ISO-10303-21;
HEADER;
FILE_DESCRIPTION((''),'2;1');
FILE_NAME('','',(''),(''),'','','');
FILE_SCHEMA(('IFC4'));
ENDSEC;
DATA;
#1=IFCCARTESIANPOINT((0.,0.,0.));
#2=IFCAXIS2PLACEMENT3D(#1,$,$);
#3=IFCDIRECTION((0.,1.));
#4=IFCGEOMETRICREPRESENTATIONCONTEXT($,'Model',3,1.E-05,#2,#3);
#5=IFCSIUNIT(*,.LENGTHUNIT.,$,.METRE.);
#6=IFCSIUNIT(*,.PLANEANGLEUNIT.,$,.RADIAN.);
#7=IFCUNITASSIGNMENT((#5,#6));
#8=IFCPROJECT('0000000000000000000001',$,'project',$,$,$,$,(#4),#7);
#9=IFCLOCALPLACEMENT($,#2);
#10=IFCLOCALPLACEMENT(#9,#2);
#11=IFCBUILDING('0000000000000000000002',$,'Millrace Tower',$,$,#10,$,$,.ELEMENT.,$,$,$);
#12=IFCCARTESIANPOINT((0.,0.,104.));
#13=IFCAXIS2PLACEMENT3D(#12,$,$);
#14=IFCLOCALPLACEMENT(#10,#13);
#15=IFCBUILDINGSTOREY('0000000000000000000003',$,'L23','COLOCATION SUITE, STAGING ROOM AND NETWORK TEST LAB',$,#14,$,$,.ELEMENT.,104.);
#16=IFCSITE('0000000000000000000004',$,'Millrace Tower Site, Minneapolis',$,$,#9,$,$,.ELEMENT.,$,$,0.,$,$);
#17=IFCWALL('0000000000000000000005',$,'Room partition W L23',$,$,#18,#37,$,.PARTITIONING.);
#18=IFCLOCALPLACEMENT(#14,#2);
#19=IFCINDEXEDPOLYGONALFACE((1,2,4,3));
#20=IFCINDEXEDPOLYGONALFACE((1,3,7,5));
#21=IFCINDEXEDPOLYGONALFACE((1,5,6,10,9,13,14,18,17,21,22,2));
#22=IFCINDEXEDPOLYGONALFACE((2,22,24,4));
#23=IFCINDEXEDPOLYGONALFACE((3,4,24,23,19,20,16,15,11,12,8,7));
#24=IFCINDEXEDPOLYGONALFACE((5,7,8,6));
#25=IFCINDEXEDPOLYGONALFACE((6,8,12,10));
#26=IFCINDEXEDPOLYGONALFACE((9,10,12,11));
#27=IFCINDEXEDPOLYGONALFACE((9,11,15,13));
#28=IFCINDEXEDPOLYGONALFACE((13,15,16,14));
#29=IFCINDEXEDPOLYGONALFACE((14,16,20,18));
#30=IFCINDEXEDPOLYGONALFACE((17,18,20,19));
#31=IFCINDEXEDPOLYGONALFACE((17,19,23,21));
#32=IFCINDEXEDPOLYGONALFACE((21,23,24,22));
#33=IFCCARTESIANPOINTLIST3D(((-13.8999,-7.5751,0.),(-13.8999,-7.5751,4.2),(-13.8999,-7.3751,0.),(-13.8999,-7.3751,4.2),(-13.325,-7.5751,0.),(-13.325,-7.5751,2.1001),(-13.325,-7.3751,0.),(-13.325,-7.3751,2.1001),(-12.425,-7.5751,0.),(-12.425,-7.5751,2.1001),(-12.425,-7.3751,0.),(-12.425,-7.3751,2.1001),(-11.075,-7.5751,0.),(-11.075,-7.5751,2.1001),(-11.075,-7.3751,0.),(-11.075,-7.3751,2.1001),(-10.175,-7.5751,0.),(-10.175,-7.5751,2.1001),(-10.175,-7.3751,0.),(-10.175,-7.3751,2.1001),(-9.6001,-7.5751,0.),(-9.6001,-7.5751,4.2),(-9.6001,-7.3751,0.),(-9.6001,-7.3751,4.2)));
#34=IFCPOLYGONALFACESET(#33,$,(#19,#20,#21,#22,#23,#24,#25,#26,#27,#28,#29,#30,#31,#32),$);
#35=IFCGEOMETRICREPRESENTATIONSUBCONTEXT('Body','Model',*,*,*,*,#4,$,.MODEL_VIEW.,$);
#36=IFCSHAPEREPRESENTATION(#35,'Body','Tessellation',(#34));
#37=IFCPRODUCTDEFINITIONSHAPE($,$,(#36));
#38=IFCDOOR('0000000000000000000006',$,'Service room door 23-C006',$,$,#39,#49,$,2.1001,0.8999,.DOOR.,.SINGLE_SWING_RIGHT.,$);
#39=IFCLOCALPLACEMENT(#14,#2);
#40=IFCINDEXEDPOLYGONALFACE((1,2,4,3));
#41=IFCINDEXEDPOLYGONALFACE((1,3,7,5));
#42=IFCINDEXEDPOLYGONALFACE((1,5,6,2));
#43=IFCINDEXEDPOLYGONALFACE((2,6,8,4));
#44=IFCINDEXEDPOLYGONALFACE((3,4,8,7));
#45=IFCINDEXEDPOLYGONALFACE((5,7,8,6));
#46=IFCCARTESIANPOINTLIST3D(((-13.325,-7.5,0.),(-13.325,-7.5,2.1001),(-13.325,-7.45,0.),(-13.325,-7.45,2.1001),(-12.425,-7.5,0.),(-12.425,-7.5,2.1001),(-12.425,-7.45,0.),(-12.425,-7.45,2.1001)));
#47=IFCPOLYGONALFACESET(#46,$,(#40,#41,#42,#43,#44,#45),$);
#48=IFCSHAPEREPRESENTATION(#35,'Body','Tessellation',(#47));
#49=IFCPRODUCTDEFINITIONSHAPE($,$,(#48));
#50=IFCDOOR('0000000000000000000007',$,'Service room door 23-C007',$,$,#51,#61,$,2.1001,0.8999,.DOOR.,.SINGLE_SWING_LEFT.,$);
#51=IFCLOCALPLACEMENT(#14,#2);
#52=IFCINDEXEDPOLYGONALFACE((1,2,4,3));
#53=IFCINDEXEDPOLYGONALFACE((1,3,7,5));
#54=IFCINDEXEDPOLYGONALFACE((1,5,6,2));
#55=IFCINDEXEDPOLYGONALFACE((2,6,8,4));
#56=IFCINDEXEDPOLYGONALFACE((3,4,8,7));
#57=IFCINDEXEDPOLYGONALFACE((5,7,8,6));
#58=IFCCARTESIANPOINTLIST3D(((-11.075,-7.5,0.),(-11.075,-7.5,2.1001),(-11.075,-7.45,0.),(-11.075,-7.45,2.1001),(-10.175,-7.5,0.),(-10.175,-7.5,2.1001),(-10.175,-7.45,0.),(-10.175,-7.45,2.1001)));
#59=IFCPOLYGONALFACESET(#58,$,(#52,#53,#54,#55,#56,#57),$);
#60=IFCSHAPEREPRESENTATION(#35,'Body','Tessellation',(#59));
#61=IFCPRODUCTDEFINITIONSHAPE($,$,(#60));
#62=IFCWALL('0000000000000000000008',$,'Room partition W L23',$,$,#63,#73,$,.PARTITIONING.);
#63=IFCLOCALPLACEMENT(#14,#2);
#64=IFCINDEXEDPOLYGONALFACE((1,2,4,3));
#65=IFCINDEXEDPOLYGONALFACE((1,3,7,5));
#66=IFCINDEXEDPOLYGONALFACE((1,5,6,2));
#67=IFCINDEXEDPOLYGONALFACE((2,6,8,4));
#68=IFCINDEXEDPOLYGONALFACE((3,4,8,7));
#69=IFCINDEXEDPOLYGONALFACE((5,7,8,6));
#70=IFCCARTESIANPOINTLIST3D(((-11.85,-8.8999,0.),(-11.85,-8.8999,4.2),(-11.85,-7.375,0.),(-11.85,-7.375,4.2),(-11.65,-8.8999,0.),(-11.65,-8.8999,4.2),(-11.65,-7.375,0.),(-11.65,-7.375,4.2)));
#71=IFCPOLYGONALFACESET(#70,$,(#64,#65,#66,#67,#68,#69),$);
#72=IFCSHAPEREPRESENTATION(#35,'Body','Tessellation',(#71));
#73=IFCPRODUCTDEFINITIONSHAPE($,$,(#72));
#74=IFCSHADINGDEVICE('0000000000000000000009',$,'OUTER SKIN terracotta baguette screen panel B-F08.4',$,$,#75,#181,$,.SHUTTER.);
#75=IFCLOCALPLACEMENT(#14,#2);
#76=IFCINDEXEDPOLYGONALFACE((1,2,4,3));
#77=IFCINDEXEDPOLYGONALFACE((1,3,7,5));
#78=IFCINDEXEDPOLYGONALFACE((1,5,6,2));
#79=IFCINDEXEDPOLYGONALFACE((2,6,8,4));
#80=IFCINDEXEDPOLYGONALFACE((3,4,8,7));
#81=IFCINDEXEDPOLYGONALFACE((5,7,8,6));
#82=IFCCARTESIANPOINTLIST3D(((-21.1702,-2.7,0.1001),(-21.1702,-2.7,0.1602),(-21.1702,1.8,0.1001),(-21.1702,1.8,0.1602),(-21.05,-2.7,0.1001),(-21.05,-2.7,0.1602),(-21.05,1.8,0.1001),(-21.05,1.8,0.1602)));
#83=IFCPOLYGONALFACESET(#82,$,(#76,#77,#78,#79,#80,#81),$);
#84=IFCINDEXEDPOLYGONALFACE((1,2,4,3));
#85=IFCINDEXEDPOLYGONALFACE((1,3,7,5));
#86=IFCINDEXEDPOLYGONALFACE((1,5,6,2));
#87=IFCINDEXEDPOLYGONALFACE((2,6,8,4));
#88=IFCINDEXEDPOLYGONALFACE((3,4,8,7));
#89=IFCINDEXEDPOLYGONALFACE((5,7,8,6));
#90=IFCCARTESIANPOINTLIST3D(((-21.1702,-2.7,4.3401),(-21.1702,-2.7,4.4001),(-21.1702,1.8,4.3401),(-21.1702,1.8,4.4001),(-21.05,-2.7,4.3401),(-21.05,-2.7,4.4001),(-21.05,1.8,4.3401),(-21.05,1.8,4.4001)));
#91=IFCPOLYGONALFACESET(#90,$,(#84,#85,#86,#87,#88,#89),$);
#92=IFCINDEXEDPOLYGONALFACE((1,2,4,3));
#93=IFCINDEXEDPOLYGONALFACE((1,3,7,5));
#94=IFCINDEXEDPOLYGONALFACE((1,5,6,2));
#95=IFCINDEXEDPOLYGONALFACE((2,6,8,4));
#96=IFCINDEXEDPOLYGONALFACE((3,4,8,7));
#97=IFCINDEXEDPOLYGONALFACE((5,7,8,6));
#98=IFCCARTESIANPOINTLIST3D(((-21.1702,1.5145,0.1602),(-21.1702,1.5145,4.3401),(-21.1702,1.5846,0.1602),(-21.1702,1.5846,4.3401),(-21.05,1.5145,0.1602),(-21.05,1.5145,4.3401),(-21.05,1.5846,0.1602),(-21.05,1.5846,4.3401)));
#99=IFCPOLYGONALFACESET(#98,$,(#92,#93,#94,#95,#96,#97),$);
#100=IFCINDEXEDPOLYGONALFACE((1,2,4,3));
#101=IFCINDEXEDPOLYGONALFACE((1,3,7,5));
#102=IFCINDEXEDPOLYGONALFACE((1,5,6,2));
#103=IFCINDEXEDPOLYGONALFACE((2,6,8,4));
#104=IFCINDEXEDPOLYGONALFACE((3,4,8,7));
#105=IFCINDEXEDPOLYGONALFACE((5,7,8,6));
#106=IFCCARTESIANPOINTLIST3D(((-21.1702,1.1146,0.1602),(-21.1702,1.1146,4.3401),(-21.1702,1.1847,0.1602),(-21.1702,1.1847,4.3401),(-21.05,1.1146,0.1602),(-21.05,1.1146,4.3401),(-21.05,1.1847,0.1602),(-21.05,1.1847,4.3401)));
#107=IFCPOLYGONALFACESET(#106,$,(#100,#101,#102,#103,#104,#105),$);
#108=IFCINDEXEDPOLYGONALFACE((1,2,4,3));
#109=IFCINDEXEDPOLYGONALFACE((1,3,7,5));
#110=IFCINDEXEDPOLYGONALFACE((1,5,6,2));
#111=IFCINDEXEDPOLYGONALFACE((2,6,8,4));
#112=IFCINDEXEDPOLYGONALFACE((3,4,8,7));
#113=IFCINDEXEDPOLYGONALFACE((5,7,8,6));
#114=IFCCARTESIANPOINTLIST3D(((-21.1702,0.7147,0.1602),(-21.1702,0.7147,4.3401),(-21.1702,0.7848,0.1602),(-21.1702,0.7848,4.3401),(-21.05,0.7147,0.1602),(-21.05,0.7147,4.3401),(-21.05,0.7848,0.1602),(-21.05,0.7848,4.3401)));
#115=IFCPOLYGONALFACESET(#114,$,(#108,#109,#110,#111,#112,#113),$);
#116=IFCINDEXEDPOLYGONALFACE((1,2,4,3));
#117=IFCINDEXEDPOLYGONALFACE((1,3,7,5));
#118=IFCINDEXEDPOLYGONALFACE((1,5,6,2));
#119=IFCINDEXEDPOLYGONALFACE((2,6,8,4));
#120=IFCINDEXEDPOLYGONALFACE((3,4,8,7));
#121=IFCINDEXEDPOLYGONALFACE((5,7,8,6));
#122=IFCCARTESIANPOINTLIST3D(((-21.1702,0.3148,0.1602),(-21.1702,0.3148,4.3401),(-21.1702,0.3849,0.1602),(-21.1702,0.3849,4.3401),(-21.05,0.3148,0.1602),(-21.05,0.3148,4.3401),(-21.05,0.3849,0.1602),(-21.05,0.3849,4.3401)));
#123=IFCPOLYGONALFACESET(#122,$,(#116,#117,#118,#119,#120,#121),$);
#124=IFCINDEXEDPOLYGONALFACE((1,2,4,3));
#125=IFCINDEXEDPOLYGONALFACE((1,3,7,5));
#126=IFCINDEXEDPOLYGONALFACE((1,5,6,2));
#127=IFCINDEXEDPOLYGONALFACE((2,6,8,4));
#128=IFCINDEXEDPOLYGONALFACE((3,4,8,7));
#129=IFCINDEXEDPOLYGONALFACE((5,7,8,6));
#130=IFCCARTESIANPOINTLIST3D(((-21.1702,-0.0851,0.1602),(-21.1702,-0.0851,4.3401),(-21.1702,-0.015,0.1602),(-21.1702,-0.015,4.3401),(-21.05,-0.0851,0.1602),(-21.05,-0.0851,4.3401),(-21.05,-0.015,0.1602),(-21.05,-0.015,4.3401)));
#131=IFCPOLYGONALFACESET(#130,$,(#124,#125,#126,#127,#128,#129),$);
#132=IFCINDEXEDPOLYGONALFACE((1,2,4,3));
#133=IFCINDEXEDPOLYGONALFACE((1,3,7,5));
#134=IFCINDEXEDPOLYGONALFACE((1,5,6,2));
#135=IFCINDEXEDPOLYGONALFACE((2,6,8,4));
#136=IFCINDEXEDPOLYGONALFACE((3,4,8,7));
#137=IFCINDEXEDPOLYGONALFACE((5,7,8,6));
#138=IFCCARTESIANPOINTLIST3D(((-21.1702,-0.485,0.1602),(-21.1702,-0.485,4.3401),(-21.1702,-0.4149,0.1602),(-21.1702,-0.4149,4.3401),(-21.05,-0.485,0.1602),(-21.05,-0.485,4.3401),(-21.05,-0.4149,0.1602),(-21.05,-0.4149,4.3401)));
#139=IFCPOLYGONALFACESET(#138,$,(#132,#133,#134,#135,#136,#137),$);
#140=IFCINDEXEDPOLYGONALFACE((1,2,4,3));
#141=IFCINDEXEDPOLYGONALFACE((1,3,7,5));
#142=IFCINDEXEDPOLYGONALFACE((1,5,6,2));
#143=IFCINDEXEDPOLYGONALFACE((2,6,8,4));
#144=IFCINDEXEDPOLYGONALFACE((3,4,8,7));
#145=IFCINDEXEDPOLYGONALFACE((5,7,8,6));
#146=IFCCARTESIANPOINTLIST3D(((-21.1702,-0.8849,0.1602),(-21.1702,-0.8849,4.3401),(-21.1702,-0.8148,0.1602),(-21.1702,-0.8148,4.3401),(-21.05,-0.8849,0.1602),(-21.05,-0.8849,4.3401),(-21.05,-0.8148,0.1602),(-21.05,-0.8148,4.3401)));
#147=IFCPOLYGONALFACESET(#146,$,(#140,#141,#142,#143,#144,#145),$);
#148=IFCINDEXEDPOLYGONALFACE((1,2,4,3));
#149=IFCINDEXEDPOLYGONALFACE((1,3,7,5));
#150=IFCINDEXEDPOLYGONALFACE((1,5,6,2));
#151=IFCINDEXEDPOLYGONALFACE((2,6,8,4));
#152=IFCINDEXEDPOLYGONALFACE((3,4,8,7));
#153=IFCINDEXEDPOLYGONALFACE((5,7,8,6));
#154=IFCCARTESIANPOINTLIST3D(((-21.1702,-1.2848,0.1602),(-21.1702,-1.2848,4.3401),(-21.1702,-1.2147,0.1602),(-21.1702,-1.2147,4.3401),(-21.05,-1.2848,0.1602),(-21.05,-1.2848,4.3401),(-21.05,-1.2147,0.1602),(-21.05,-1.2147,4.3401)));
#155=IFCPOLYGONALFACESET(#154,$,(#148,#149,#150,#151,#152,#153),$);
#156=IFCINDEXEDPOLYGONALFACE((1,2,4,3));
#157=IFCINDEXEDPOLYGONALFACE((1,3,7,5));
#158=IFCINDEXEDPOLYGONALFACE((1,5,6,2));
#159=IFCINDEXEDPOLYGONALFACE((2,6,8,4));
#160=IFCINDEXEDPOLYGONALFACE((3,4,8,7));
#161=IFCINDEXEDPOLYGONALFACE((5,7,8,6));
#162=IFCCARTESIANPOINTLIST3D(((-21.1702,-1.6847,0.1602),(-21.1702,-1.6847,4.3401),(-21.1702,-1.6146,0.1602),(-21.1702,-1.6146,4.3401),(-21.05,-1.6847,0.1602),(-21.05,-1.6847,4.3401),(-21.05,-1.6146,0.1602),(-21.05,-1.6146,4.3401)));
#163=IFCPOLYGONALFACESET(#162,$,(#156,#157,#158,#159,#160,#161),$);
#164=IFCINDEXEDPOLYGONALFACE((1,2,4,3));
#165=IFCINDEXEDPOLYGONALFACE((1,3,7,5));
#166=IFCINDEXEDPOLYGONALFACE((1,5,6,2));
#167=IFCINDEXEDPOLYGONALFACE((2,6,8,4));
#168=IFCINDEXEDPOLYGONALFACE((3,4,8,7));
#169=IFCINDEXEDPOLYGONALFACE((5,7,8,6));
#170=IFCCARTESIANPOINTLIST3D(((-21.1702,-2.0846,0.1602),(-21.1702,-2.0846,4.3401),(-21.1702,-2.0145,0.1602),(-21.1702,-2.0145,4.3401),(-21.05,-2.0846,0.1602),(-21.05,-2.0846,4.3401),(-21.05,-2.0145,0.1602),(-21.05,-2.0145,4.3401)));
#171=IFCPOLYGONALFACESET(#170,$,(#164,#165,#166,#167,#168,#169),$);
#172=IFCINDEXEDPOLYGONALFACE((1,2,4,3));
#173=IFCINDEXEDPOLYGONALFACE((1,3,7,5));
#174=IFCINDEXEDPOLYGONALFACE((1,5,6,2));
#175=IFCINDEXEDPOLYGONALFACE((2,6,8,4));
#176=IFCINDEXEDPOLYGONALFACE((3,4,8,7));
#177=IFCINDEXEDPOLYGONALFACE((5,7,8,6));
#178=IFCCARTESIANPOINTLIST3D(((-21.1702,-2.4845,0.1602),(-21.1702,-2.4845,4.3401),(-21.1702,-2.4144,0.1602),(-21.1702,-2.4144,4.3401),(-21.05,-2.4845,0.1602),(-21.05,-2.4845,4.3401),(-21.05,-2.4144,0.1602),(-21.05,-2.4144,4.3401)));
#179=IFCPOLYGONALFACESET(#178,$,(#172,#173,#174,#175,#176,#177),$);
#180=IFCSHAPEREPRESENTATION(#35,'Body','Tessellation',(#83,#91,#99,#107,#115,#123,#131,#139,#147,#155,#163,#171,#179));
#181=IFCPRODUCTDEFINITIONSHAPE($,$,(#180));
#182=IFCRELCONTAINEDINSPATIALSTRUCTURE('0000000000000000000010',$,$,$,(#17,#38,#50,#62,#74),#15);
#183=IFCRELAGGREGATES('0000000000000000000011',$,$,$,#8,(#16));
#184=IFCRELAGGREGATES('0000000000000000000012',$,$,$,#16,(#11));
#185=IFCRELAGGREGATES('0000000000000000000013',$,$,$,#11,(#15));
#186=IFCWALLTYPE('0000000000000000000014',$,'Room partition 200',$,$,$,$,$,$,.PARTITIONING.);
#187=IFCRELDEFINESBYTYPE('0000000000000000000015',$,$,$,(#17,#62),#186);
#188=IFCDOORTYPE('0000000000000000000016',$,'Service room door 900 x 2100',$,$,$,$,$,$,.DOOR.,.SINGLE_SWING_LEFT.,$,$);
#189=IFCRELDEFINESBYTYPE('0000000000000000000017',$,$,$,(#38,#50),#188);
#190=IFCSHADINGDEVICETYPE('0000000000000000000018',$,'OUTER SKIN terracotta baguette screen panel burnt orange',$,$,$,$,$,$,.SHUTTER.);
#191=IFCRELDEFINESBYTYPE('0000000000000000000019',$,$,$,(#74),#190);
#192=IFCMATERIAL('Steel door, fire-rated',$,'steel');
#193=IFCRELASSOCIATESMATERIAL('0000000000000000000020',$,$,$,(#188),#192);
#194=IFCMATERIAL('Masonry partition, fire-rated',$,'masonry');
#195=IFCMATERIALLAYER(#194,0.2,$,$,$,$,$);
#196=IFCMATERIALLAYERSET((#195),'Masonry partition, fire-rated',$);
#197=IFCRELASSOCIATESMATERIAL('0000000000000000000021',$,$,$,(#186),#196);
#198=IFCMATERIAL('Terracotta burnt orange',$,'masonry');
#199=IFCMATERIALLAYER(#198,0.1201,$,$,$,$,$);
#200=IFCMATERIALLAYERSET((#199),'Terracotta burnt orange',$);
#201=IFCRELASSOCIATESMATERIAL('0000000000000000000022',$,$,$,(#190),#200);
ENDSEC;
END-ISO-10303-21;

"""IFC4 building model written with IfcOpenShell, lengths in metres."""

from ifc_helpers import new_model, entity, si_unit, direction, frame, frame_2d, origin, origin_2d, place, context, subcontext, project, spatial, rectangle, extrude, source, transform, mapped, material, layer, layer_set, type_object, element, fill, save


model = new_model("IFC4")

# Units and contexts
model_context = context("Model", 3, precision=1e-05, world=origin(), true_north=direction((0.0, 1.0)))
body_context = subcontext(model_context, "Body", "Model", "MODEL_VIEW")
ifc_project = project(units=[si_unit("LENGTHUNIT", "METRE"), si_unit("PLANEANGLEUNIT", "RADIAN")], contexts=[model_context])

# Site, building, storey
site_placement = place(None, origin())
site = spatial("IfcSite", under=ifc_project, at=site_placement, Name="Millrace Tower Site, Minneapolis", CompositionType="ELEMENT", RefElevation=0.0)
building_placement = place(site_placement, origin())
building = spatial("IfcBuilding", under=site, at=building_placement, Name="Millrace Tower", CompositionType="ELEMENT")
storey_placement = place(building_placement, frame((0.0, 0.0, 104.0)))
storey = spatial("IfcBuildingStorey", under=building, at=storey_placement, Name="L23", Description="COLOCATION SUITE, STAGING ROOM AND NETWORK TEST LAB", CompositionType="ELEMENT", Elevation=104.0)

# Shared definitions
ifc_material_1 = material(Name="Steel door, fire-rated", Category="steel")
door_type_1 = type_object("IfcDoorType", Name="Service room door 900 x 2100", OperationType="SINGLE_SWING_LEFT", PredefinedType="DOOR", material=ifc_material_1)

# Wall, openings, doors
ifc_material_2 = material(Name="Masonry partition, fire-rated", Category="masonry")
ifc_layer_1 = layer(ifc_material_2, 0.2)
ifc_layer_set_1 = layer_set([ifc_layer_1], Name="Masonry partition, fire-rated")
wall_type_1 = type_object("IfcWallType", Name="Room partition 200", PredefinedType="PARTITIONING", material=ifc_layer_set_1)
wall_1_placement = place(storey_placement, frame((-13.8999, -7.4751, 0.0), z_axis=(0.0, 0.0, 1.0), x_axis=(1.0, 0.0, 0.0)))
wall_1 = element("IfcWall", 1, at=wall_1_placement, inside=storey, type_object=wall_type_1, Name="Room partition W L23", PredefinedType="PARTITIONING", context=body_context, shape_type="SweptSolid", body=[
    extrude(rectangle(XDim=4.2998, YDim=0.2, at=frame_2d((2.1499, 0.0))), origin(), (0.0, 0.0, 1.0), 4.2),
])
opening_1_placement = place(wall_1_placement, frame((0.575, 0.0, 0.0)))
opening_1 = element("IfcOpeningElement", 2, at=opening_1_placement, cuts=wall_1, PredefinedType="OPENING", context=body_context, shape_type="SweptSolid", body=[
    extrude(rectangle(XDim=0.8999, YDim=2.1001, at=frame_2d((0.45, 1.05))), frame((0.0, 0.1099, 0.0), z_axis=(0.0, -1.0, 0.0), x_axis=(1.0, 0.0, 0.0)), (0.0, 0.0, 1.0), 0.22),
])
opening_2_placement = place(wall_1_placement, frame((2.825, 0.0, 0.0)))
opening_2 = element("IfcOpeningElement", 3, at=opening_2_placement, cuts=wall_1, PredefinedType="OPENING", context=body_context, shape_type="SweptSolid", body=[
    extrude(rectangle(XDim=0.8999, YDim=2.1001, at=frame_2d((0.45, 1.05))), frame((0.0, 0.1099, 0.0), z_axis=(0.0, -1.0, 0.0), x_axis=(1.0, 0.0, 0.0)), (0.0, 0.0, 1.0), 0.22),
])
door_1_placement = place(opening_1_placement, frame((0.8999, 0.0, 0.0), z_axis=(0.0, 0.0, 1.0), x_axis=(-1.0, 0.0, 0.0)))
door_1 = element("IfcDoor", 4, at=door_1_placement, inside=storey, type_object=door_type_1, Name="Service room door 23-C006", OperationType="SINGLE_SWING_RIGHT", OverallHeight=2.1001, OverallWidth=0.8999, PredefinedType="DOOR", context=body_context, shape_type="SweptSolid", body=[
    extrude(rectangle(XDim=0.8999, YDim=2.1001, at=frame_2d((0.45, 1.05))), frame((0.0, 0.0249, 0.0), z_axis=(0.0, -1.0, 0.0), x_axis=(1.0, 0.0, 0.0)), (0.0, 0.0, 1.0), 0.05),
])
fill(opening_1, door_1)
door_2_placement = place(opening_2_placement, frame((0.8999, 0.0, 0.0), z_axis=(0.0, 0.0, 1.0), x_axis=(-1.0, 0.0, 0.0)))
door_2 = element("IfcDoor", 5, at=door_2_placement, inside=storey, type_object=door_type_1, Name="Service room door 23-C007", OperationType="SINGLE_SWING_LEFT", OverallHeight=2.1001, OverallWidth=0.8999, PredefinedType="DOOR", context=body_context, shape_type="SweptSolid", body=[
    extrude(rectangle(XDim=0.8999, YDim=2.1001, at=frame_2d((0.45, 1.05))), frame((0.0, 0.0249, 0.0), z_axis=(0.0, -1.0, 0.0), x_axis=(1.0, 0.0, 0.0)), (0.0, 0.0, 1.0), 0.05),
])
fill(opening_2, door_2)

# Wall
wall_2_placement = place(storey_placement, frame((-11.75, -8.8999, 0.0), z_axis=(0.0, 0.0, 1.0), x_axis=(0.0, 1.0, 0.0)))
element("IfcWall", 6, at=wall_2_placement, inside=storey, type_object=wall_type_1, Name="Room partition W L23", PredefinedType="PARTITIONING", context=body_context, shape_type="SweptSolid", body=[
    extrude(rectangle(XDim=1.5249, YDim=0.2, at=frame_2d((0.7625, 0.0))), origin(), (0.0, 0.0, 1.0), 4.2),
])

# Shading device
ifc_material_3 = material(Name="Terracotta burnt orange", Category="masonry")
ifc_layer_2 = layer(ifc_material_3, 0.1201)
ifc_layer_set_2 = layer_set([ifc_layer_2], Name="Terracotta burnt orange")
shading_device_type = type_object("IfcShadingDeviceType", Name="OUTER SKIN terracotta baguette screen panel burnt orange", PredefinedType="SHUTTER", material=ifc_layer_set_2)
cartesian_point = entity("IfcCartesianPoint", [-2.25, 0.0601])
shared_polyline = entity("IfcPolyline", [cartesian_point, entity("IfcCartesianPoint", [2.25, 0.0601]), entity("IfcCartesianPoint", [2.25, -0.0601]), entity("IfcCartesianPoint", [-2.25, -0.0601]), cartesian_point])
shared_shape = source(origin(), body_context, "Body", "SweptSolid", [
    entity("IfcExtrudedAreaSolid", entity("IfcArbitraryClosedProfileDef", "AREA", None, shared_polyline), entity("IfcAxis2Placement3D", entity("IfcCartesianPoint", [0.0, 0.0, 0.0])), entity("IfcDirection", [0.0, 0.0, 1.0]), 0.0601),
    entity("IfcExtrudedAreaSolid", entity("IfcArbitraryClosedProfileDef", "AREA", None, shared_polyline), entity("IfcAxis2Placement3D", entity("IfcCartesianPoint", [0.0, 0.0, 4.24])), entity("IfcDirection", [0.0, 0.0, 1.0]), 0.0601),
    extrude(rectangle(XDim=0.0701, YDim=0.1201, at=frame_2d((-1.9995, 0.0))), frame((0.0, 0.0, 0.0601)), (0.0, 0.0, 1.0), 4.1799),
    extrude(rectangle(XDim=0.0701, YDim=0.1201, at=frame_2d((-1.5996, 0.0))), frame((0.0, 0.0, 0.0601)), (0.0, 0.0, 1.0), 4.1799),
    extrude(rectangle(XDim=0.0701, YDim=0.1201, at=frame_2d((-1.1997, 0.0))), frame((0.0, 0.0, 0.0601)), (0.0, 0.0, 1.0), 4.1799),
    extrude(rectangle(XDim=0.0701, YDim=0.1201, at=frame_2d((-0.7998, 0.0))), frame((0.0, 0.0, 0.0601)), (0.0, 0.0, 1.0), 4.1799),
    extrude(rectangle(XDim=0.0701, YDim=0.1201, at=frame_2d((-0.3999, 0.0))), frame((0.0, 0.0, 0.0601)), (0.0, 0.0, 1.0), 4.1799),
    extrude(rectangle(XDim=0.0701, YDim=0.1201, at=origin_2d()), frame((0.0, 0.0, 0.0601)), (0.0, 0.0, 1.0), 4.1799),
    extrude(rectangle(XDim=0.0701, YDim=0.1201, at=frame_2d((0.3999, 0.0))), frame((0.0, 0.0, 0.0601)), (0.0, 0.0, 1.0), 4.1799),
    extrude(rectangle(XDim=0.0701, YDim=0.1201, at=frame_2d((0.7998, 0.0))), frame((0.0, 0.0, 0.0601)), (0.0, 0.0, 1.0), 4.1799),
    extrude(rectangle(XDim=0.0701, YDim=0.1201, at=frame_2d((1.1997, 0.0))), frame((0.0, 0.0, 0.0601)), (0.0, 0.0, 1.0), 4.1799),
    extrude(rectangle(XDim=0.0701, YDim=0.1201, at=frame_2d((1.5996, 0.0))), frame((0.0, 0.0, 0.0601)), (0.0, 0.0, 1.0), 4.1799),
    extrude(rectangle(XDim=0.0701, YDim=0.1201, at=frame_2d((1.9995, 0.0))), frame((0.0, 0.0, 0.0601)), (0.0, 0.0, 1.0), 4.1799),
])
for number, where, z_axis, x_axis, name in (
    (7, (-21.1101, -0.45, 0.1001), (0.0, 0.0, 1.0), (0.0, -1.0, 0.0), "OUTER SKIN terracotta baguette screen panel B-F08.4"),
):
    element("IfcShadingDevice", number, at=place(storey_placement, frame(where, z_axis=z_axis, x_axis=x_axis)), inside=storey, type_object=shading_device_type, Name=name, PredefinedType="SHUTTER", context=body_context, shape_type="MappedRepresentation", body=[
        mapped(shared_shape, transform((0.0, 0.0, 0.0), scale=1.0)),
    ])

save(model, "model.ifc")
